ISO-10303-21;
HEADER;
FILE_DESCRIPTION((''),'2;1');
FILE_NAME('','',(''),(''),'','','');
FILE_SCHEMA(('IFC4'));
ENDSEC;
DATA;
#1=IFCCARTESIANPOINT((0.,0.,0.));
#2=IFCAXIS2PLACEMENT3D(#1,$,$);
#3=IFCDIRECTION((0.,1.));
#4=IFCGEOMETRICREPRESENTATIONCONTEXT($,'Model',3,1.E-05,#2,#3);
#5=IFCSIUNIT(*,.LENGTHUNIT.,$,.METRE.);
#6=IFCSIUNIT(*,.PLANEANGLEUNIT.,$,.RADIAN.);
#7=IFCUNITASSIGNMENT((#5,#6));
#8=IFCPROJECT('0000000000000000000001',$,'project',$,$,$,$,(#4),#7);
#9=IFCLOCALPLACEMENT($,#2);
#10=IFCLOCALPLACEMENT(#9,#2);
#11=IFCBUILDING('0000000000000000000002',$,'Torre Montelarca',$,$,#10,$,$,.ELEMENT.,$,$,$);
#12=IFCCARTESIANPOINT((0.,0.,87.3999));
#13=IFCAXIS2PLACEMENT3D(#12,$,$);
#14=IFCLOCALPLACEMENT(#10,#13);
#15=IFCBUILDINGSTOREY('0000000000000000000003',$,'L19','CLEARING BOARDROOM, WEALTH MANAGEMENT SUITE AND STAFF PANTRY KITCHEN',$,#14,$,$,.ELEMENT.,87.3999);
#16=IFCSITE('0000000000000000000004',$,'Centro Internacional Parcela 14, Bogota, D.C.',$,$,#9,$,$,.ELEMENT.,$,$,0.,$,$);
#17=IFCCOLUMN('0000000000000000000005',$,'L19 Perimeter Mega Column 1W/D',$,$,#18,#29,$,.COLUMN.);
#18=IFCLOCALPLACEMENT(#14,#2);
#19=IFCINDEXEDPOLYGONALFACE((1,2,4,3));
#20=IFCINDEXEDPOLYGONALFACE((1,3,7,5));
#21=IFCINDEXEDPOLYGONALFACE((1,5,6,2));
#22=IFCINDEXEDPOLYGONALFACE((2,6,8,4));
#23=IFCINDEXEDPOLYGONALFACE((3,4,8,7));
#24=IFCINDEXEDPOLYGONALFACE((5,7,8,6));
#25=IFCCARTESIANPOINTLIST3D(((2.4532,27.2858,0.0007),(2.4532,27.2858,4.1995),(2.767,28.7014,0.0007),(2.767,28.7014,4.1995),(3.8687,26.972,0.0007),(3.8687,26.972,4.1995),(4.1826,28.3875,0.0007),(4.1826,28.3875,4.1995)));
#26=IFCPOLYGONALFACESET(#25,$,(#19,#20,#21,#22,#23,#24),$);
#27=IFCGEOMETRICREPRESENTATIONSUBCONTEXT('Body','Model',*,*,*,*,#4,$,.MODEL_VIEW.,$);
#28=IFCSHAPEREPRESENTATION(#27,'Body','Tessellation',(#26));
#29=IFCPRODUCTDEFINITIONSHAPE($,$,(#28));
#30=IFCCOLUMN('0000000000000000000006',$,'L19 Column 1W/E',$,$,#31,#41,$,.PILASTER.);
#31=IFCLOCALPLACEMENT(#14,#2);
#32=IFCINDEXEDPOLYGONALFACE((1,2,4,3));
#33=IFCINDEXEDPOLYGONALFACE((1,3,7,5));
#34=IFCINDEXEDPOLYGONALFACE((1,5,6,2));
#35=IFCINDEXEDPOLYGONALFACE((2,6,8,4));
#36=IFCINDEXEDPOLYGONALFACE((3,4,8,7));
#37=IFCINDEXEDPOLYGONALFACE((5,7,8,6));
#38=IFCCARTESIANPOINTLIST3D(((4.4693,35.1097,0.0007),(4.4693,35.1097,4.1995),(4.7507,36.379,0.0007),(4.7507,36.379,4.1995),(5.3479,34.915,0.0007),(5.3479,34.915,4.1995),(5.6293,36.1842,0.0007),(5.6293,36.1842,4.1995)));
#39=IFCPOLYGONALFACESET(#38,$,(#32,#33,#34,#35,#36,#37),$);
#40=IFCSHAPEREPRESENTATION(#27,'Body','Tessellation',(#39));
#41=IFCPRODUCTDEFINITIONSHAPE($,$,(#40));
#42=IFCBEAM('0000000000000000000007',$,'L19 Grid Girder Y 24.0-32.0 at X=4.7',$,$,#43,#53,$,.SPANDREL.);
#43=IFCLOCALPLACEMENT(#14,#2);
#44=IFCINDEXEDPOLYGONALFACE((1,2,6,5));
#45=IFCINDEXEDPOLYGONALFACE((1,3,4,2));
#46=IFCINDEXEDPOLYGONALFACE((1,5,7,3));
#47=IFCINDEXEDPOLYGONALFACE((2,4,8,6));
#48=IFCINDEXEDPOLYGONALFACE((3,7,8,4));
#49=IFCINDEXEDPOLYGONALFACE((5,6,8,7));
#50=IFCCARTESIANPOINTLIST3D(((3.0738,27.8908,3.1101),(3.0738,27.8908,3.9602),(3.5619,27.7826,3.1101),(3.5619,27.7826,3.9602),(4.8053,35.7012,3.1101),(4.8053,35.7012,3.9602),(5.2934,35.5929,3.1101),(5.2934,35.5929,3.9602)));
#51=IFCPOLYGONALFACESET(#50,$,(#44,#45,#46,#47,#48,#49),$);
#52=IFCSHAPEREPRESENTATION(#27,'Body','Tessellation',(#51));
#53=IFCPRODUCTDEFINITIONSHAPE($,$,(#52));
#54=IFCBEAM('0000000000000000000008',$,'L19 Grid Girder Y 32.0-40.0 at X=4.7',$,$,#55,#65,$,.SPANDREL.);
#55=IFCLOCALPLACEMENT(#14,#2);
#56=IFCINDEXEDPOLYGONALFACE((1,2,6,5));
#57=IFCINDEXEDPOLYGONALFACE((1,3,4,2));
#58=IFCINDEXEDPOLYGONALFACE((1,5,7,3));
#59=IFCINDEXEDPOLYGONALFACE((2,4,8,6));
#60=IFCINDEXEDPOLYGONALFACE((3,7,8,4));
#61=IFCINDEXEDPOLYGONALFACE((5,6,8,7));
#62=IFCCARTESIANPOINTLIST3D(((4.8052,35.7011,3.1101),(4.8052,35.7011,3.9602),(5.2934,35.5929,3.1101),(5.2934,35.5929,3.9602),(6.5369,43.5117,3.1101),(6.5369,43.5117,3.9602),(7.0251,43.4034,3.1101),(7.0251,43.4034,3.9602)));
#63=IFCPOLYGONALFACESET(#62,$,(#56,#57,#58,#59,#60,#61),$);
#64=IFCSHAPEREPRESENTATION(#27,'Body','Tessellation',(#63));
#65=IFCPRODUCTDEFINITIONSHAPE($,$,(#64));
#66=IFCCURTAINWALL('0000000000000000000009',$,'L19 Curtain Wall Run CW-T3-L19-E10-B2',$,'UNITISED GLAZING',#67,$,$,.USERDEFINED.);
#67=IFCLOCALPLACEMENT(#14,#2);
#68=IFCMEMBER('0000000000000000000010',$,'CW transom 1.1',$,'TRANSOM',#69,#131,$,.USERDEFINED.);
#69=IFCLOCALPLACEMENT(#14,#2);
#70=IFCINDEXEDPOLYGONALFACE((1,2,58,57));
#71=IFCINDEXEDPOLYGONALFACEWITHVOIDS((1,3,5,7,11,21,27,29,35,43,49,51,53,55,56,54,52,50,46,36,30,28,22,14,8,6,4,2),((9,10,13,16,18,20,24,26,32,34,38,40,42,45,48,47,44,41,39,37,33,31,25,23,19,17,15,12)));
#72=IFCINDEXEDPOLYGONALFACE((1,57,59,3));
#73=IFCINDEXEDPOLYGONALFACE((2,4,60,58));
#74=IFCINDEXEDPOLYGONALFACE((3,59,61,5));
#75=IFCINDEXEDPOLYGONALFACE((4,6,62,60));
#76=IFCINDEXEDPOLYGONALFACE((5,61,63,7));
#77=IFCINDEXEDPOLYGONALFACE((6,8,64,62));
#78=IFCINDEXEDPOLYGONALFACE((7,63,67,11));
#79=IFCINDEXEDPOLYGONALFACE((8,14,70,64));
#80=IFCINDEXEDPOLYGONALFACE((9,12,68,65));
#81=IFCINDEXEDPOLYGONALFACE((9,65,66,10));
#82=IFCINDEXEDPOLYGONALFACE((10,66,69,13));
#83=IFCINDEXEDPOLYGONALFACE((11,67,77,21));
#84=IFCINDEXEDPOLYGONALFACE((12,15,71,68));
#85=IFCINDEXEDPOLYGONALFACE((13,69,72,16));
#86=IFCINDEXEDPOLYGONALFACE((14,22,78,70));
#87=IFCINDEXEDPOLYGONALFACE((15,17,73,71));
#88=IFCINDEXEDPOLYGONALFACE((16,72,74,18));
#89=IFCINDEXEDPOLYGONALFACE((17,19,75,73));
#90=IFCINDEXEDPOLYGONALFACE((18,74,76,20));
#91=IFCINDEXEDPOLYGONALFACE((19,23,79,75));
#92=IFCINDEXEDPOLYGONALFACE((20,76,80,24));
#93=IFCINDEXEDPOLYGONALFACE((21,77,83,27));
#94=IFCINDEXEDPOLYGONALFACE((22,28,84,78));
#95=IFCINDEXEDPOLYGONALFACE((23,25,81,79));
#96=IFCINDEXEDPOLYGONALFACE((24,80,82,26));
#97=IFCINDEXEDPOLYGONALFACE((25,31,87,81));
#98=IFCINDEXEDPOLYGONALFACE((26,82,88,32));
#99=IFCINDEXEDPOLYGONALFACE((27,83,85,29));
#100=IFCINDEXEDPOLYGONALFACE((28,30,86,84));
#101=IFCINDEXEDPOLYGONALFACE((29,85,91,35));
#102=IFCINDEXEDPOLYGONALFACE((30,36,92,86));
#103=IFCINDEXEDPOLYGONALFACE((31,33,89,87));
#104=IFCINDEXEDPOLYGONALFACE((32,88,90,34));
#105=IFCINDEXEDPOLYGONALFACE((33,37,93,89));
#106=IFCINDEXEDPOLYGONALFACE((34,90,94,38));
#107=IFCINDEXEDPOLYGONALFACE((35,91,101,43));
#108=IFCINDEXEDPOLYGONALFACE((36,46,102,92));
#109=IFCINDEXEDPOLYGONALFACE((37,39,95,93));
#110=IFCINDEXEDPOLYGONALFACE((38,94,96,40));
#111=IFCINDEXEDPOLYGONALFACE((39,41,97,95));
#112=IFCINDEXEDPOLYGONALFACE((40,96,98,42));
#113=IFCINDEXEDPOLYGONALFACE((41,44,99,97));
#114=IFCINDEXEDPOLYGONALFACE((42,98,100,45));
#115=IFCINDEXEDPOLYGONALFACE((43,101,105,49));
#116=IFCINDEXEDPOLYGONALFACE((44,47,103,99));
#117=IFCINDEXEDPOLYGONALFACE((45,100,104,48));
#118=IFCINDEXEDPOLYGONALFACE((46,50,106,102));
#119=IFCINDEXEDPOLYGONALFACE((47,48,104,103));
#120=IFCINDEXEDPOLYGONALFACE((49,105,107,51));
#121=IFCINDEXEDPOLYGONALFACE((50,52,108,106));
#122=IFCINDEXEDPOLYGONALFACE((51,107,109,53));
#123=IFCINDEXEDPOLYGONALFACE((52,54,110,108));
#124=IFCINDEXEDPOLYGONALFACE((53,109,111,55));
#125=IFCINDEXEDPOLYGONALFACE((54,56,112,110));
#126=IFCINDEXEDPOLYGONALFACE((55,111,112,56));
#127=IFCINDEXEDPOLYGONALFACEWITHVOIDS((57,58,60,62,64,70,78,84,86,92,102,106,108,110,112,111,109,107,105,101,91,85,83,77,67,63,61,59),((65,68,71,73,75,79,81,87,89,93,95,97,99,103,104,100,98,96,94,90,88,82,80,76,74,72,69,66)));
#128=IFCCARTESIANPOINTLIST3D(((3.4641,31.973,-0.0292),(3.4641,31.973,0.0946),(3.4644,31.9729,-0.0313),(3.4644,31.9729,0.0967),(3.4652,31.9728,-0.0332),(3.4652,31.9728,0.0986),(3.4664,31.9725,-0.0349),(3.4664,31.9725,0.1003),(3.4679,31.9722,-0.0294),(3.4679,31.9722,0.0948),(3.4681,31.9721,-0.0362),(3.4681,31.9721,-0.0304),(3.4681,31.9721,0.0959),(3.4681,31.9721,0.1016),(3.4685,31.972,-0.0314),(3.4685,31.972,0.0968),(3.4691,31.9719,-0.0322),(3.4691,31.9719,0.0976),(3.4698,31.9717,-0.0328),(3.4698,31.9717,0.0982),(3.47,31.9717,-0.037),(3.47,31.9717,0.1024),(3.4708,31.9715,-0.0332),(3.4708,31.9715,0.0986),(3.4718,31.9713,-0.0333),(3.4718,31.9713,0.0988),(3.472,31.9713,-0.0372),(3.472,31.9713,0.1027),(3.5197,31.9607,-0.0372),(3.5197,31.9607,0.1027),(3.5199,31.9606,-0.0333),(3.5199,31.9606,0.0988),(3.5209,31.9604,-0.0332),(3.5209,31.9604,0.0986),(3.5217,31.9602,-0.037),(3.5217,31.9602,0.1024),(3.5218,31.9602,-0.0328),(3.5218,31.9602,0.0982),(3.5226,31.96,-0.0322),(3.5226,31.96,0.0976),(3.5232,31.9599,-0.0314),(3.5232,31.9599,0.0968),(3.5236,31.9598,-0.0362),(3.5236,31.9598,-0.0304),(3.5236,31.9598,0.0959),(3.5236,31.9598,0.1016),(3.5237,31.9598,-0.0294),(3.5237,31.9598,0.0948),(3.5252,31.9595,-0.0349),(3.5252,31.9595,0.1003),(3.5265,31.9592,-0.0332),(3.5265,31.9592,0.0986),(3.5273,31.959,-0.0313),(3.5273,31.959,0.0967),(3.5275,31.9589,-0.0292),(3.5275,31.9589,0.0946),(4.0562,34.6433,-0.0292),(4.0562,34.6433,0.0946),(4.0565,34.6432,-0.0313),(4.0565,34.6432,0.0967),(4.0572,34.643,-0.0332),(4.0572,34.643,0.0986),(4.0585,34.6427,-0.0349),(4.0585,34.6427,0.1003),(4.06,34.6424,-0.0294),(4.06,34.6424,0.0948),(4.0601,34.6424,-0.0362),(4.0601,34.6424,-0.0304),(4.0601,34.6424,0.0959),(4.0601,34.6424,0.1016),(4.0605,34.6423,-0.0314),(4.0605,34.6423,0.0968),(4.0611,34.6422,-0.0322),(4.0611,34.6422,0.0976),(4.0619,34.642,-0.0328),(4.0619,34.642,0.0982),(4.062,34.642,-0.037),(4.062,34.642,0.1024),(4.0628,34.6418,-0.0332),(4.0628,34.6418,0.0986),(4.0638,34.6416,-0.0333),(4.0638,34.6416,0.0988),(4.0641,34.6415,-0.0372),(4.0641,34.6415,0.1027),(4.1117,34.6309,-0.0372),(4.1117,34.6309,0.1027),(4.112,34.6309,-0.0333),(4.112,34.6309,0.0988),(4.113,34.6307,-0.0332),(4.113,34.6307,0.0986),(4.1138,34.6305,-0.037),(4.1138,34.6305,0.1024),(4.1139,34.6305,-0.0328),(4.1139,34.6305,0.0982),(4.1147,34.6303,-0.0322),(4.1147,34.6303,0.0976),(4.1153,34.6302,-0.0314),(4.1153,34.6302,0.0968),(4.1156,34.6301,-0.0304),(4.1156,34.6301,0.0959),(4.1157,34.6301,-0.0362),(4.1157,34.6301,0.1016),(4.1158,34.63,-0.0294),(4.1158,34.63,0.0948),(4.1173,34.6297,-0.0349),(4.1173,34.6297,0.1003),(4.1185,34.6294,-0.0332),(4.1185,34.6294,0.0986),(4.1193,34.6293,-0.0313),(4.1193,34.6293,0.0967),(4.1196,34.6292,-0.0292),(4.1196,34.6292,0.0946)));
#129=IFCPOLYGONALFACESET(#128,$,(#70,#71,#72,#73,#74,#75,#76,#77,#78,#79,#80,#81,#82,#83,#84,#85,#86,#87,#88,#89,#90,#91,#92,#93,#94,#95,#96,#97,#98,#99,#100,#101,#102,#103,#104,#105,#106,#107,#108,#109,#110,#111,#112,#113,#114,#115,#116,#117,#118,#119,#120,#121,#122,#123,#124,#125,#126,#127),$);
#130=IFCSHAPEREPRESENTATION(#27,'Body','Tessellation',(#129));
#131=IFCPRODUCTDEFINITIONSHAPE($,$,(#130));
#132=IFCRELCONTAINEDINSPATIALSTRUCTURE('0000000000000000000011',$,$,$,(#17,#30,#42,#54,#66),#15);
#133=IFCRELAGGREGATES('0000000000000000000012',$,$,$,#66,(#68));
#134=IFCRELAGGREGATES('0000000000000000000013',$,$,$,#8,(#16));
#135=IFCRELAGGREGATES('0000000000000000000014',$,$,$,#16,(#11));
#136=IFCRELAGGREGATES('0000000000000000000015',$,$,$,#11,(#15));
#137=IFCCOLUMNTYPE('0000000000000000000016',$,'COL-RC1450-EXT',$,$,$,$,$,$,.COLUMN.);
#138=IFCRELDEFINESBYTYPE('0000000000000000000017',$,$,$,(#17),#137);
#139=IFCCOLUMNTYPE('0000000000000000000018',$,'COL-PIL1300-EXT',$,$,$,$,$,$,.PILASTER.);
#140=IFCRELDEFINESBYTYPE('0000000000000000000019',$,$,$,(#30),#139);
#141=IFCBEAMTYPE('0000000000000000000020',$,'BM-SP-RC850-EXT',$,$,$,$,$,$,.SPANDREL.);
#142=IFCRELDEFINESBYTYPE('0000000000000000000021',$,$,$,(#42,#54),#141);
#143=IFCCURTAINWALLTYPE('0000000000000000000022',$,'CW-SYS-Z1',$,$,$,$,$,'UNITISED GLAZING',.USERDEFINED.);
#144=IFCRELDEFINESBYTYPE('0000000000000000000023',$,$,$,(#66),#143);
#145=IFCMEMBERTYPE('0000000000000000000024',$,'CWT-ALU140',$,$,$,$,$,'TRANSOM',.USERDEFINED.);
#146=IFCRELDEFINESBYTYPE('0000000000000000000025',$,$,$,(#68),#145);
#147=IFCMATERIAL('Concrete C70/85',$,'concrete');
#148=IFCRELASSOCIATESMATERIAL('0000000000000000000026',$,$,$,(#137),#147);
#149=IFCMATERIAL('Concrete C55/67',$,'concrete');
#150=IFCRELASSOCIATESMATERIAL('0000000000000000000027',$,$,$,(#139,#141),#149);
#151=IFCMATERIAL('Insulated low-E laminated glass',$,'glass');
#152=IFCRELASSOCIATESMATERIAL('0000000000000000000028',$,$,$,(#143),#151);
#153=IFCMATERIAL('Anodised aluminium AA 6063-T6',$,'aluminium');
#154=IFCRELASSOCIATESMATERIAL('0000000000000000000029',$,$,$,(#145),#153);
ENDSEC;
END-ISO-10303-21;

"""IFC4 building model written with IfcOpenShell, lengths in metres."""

from ifc_helpers import new_model, si_unit, direction, frame, origin, origin_2d, place, context, subcontext, project, spatial, rectangle, hollow_rectangle, extrude, source, transform, mapped, material, material_profile, profile_set, type_object, element, aggregate, save


model = new_model("IFC4")

# Units and contexts
model_context = context("Model", 3, precision=1e-05, world=origin(), true_north=direction((0.0, 1.0)))
body_context = subcontext(model_context, "Body", "Model", "MODEL_VIEW")
ifc_project = project(units=[si_unit("LENGTHUNIT", "METRE"), si_unit("PLANEANGLEUNIT", "RADIAN")], contexts=[model_context])

# Site, building, storey
site_placement = place(None, origin())
site = spatial("IfcSite", under=ifc_project, at=site_placement, Name="Centro Internacional Parcela 14, Bogota, D.C.", CompositionType="ELEMENT", RefElevation=0.0)
building_placement = place(site_placement, origin())
building = spatial("IfcBuilding", under=site, at=building_placement, Name="Torre Montelarca", CompositionType="ELEMENT")
storey_placement = place(building_placement, frame((0.0, 0.0, 87.3999)))
storey = spatial("IfcBuildingStorey", under=building, at=storey_placement, Name="L19", Description="CLEARING BOARDROOM, WEALTH MANAGEMENT SUITE AND STAFF PANTRY KITCHEN", CompositionType="ELEMENT", Elevation=87.3999)

# Columns
ifc_material_1 = material(Name="Concrete C70/85", Category="concrete")
ifc_material_profile_1 = material_profile(ifc_material_1, rectangle(XDim=1.45, YDim=1.45, at=origin_2d()), Name="RC1450X1450", Category="concrete")
ifc_profile_set_1 = profile_set([ifc_material_profile_1], Name="Concrete C70/85")
column_type_1 = type_object("IfcColumnType", Name="COL-RC1450-EXT", PredefinedType="COLUMN", material=ifc_profile_set_1)
shared_shape_1 = source(origin(), body_context, "Body", "SweptSolid", [
    extrude(rectangle(XDim=1.45, YDim=1.45, at=origin_2d()), origin(), (0.0, 0.0, 1.0), 4.1987),
])
column_1_placement = place(storey_placement, frame((3.3179, 27.8367, 0.0007), z_axis=(0.0, 0.0, 1.0), x_axis=(-0.976296, 0.21644, 0.0)))
element("IfcColumn", 1, at=column_1_placement, inside=storey, type_object=column_type_1, Name="L19 Perimeter Mega Column 1W/D", PredefinedType="COLUMN", context=body_context, shape_type="MappedRepresentation", body=[
    mapped(shared_shape_1, transform((0.0, 0.0, 0.0), scale=1.0)),
])
ifc_material_2 = material(Name="Concrete C55/67", Category="concrete")
ifc_material_profile_2 = material_profile(ifc_material_2, rectangle(XDim=0.8999, YDim=1.3, at=origin_2d()), Name="RC1300X900", Category="concrete")
ifc_profile_set_2 = profile_set([ifc_material_profile_2], Name="Concrete C55/67")
column_type_2 = type_object("IfcColumnType", Name="COL-PIL1300-EXT", PredefinedType="PILASTER", material=ifc_profile_set_2)
shared_shape_2 = source(origin(), body_context, "Body", "SweptSolid", [
    extrude(rectangle(XDim=0.8999, YDim=1.3, at=origin_2d()), origin(), (0.0, 0.0, 1.0), 4.1987),
])
column_2_placement = place(storey_placement, frame((5.0493, 35.647, 0.0007), z_axis=(0.0, 0.0, 1.0), x_axis=(-0.976296, 0.21644, 0.0)))
element("IfcColumn", 2, at=column_2_placement, inside=storey, type_object=column_type_2, Name="L19 Column 1W/E", PredefinedType="PILASTER", context=body_context, shape_type="MappedRepresentation", body=[
    mapped(shared_shape_2, transform((0.0, 0.0, 0.0), scale=1.0)),
])

# Beams
ifc_material_profile_3 = material_profile(ifc_material_2, rectangle(XDim=0.5, YDim=0.8501, at=origin_2d()), Name="RCB500X850", Category="concrete")
ifc_profile_set_3 = profile_set([ifc_material_profile_3], Name="Concrete C55/67")
beam_type = type_object("IfcBeamType", Name="BM-SP-RC850-EXT", PredefinedType="SPANDREL", material=ifc_profile_set_3)
shared_shape_3 = source(origin(), body_context, "Body", "SweptSolid", [
    extrude(rectangle(XDim=0.5, YDim=0.8501, at=origin_2d()), origin(), (0.0, 0.0, 1.0), 8.0),
])
beam_1_placement = place(storey_placement, frame((3.3179, 27.8367, 3.5352), z_axis=(0.216433, 0.976298, 0.0), x_axis=(-0.976298, 0.216433, 0.0)))
element("IfcBeam", 3, at=beam_1_placement, inside=storey, type_object=beam_type, Name="L19 Grid Girder Y 24.0-32.0 at X=4.7", PredefinedType="SPANDREL", context=body_context, shape_type="MappedRepresentation", body=[
    mapped(shared_shape_3, transform((0.0, 0.0, 0.0), scale=1.0)),
])
shared_shape_4 = source(origin(), body_context, "Body", "SweptSolid", [
    extrude(rectangle(XDim=0.5, YDim=0.8501, at=origin_2d()), origin(), (0.0, 0.0, 1.0), 8.0002),
])
beam_2_placement = place(storey_placement, frame((5.0493, 35.647, 3.5352), z_axis=(0.216455, 0.976292, 0.0), x_axis=(-0.976292, 0.216455, 0.0)))
element("IfcBeam", 4, at=beam_2_placement, inside=storey, type_object=beam_type, Name="L19 Grid Girder Y 32.0-40.0 at X=4.7", PredefinedType="SPANDREL", context=body_context, shape_type="MappedRepresentation", body=[
    mapped(shared_shape_4, transform((0.0, 0.0, 0.0), scale=1.0)),
])

# Curtain wall, member
ifc_material_3 = material(Name="Insulated low-E laminated glass", Category="glass")
curtain_wall_type = type_object("IfcCurtainWallType", Name="CW-SYS-Z1", ElementType="UNITISED GLAZING", PredefinedType="USERDEFINED", material=ifc_material_3)
curtain_wall_placement = place(storey_placement, origin())
curtain_wall = element("IfcCurtainWall", 5, at=curtain_wall_placement, inside=storey, type_object=curtain_wall_type, Name="L19 Curtain Wall Run CW-T3-L19-E10-B2", ObjectType="UNITISED GLAZING", PredefinedType="USERDEFINED")
ifc_material_4 = material(Name="Anodised aluminium AA 6063-T6", Category="aluminium")
ifc_material_profile_4 = material_profile(ifc_material_4, hollow_rectangle(XDim=0.0649, YDim=0.1399, WallThickness=0.0039, InnerFilletRadius=0.0039, OuterFilletRadius=0.0081, at=origin_2d()), Name="ALU65X140X4", Category="aluminium")
ifc_profile_set_4 = profile_set([ifc_material_profile_4], Name="Anodised aluminium AA 6063-T6")
member_type_1 = type_object("IfcMemberType", Name="CWT-ALU140", ElementType="TRANSOM", PredefinedType="USERDEFINED", material=ifc_profile_set_4)
shared_shape_5 = source(origin(), body_context, "Body", "SweptSolid", [
    extrude(hollow_rectangle(XDim=0.0649, YDim=0.1399, WallThickness=0.0039, InnerFilletRadius=0.0039, OuterFilletRadius=0.0081, at=origin_2d()), origin(), (0.0, 0.0, 1.0), 2.7351),
])
member_1_placement = place(storey_placement, frame((4.0879, 34.6362, 0.0327), z_axis=(-0.216467, -0.97629, 0.0), x_axis=(0.97629, -0.216467, 0.0)))
member_1 = element("IfcMember", 6, at=member_1_placement, type_object=member_type_1, Name="CW transom 1.1", ObjectType="TRANSOM", PredefinedType="USERDEFINED", context=body_context, shape_type="MappedRepresentation", body=[
    mapped(shared_shape_5, transform((0.0, 0.0, 0.0), scale=1.0)),
])
aggregate(curtain_wall, [member_1])

save(model, "model.ifc")
